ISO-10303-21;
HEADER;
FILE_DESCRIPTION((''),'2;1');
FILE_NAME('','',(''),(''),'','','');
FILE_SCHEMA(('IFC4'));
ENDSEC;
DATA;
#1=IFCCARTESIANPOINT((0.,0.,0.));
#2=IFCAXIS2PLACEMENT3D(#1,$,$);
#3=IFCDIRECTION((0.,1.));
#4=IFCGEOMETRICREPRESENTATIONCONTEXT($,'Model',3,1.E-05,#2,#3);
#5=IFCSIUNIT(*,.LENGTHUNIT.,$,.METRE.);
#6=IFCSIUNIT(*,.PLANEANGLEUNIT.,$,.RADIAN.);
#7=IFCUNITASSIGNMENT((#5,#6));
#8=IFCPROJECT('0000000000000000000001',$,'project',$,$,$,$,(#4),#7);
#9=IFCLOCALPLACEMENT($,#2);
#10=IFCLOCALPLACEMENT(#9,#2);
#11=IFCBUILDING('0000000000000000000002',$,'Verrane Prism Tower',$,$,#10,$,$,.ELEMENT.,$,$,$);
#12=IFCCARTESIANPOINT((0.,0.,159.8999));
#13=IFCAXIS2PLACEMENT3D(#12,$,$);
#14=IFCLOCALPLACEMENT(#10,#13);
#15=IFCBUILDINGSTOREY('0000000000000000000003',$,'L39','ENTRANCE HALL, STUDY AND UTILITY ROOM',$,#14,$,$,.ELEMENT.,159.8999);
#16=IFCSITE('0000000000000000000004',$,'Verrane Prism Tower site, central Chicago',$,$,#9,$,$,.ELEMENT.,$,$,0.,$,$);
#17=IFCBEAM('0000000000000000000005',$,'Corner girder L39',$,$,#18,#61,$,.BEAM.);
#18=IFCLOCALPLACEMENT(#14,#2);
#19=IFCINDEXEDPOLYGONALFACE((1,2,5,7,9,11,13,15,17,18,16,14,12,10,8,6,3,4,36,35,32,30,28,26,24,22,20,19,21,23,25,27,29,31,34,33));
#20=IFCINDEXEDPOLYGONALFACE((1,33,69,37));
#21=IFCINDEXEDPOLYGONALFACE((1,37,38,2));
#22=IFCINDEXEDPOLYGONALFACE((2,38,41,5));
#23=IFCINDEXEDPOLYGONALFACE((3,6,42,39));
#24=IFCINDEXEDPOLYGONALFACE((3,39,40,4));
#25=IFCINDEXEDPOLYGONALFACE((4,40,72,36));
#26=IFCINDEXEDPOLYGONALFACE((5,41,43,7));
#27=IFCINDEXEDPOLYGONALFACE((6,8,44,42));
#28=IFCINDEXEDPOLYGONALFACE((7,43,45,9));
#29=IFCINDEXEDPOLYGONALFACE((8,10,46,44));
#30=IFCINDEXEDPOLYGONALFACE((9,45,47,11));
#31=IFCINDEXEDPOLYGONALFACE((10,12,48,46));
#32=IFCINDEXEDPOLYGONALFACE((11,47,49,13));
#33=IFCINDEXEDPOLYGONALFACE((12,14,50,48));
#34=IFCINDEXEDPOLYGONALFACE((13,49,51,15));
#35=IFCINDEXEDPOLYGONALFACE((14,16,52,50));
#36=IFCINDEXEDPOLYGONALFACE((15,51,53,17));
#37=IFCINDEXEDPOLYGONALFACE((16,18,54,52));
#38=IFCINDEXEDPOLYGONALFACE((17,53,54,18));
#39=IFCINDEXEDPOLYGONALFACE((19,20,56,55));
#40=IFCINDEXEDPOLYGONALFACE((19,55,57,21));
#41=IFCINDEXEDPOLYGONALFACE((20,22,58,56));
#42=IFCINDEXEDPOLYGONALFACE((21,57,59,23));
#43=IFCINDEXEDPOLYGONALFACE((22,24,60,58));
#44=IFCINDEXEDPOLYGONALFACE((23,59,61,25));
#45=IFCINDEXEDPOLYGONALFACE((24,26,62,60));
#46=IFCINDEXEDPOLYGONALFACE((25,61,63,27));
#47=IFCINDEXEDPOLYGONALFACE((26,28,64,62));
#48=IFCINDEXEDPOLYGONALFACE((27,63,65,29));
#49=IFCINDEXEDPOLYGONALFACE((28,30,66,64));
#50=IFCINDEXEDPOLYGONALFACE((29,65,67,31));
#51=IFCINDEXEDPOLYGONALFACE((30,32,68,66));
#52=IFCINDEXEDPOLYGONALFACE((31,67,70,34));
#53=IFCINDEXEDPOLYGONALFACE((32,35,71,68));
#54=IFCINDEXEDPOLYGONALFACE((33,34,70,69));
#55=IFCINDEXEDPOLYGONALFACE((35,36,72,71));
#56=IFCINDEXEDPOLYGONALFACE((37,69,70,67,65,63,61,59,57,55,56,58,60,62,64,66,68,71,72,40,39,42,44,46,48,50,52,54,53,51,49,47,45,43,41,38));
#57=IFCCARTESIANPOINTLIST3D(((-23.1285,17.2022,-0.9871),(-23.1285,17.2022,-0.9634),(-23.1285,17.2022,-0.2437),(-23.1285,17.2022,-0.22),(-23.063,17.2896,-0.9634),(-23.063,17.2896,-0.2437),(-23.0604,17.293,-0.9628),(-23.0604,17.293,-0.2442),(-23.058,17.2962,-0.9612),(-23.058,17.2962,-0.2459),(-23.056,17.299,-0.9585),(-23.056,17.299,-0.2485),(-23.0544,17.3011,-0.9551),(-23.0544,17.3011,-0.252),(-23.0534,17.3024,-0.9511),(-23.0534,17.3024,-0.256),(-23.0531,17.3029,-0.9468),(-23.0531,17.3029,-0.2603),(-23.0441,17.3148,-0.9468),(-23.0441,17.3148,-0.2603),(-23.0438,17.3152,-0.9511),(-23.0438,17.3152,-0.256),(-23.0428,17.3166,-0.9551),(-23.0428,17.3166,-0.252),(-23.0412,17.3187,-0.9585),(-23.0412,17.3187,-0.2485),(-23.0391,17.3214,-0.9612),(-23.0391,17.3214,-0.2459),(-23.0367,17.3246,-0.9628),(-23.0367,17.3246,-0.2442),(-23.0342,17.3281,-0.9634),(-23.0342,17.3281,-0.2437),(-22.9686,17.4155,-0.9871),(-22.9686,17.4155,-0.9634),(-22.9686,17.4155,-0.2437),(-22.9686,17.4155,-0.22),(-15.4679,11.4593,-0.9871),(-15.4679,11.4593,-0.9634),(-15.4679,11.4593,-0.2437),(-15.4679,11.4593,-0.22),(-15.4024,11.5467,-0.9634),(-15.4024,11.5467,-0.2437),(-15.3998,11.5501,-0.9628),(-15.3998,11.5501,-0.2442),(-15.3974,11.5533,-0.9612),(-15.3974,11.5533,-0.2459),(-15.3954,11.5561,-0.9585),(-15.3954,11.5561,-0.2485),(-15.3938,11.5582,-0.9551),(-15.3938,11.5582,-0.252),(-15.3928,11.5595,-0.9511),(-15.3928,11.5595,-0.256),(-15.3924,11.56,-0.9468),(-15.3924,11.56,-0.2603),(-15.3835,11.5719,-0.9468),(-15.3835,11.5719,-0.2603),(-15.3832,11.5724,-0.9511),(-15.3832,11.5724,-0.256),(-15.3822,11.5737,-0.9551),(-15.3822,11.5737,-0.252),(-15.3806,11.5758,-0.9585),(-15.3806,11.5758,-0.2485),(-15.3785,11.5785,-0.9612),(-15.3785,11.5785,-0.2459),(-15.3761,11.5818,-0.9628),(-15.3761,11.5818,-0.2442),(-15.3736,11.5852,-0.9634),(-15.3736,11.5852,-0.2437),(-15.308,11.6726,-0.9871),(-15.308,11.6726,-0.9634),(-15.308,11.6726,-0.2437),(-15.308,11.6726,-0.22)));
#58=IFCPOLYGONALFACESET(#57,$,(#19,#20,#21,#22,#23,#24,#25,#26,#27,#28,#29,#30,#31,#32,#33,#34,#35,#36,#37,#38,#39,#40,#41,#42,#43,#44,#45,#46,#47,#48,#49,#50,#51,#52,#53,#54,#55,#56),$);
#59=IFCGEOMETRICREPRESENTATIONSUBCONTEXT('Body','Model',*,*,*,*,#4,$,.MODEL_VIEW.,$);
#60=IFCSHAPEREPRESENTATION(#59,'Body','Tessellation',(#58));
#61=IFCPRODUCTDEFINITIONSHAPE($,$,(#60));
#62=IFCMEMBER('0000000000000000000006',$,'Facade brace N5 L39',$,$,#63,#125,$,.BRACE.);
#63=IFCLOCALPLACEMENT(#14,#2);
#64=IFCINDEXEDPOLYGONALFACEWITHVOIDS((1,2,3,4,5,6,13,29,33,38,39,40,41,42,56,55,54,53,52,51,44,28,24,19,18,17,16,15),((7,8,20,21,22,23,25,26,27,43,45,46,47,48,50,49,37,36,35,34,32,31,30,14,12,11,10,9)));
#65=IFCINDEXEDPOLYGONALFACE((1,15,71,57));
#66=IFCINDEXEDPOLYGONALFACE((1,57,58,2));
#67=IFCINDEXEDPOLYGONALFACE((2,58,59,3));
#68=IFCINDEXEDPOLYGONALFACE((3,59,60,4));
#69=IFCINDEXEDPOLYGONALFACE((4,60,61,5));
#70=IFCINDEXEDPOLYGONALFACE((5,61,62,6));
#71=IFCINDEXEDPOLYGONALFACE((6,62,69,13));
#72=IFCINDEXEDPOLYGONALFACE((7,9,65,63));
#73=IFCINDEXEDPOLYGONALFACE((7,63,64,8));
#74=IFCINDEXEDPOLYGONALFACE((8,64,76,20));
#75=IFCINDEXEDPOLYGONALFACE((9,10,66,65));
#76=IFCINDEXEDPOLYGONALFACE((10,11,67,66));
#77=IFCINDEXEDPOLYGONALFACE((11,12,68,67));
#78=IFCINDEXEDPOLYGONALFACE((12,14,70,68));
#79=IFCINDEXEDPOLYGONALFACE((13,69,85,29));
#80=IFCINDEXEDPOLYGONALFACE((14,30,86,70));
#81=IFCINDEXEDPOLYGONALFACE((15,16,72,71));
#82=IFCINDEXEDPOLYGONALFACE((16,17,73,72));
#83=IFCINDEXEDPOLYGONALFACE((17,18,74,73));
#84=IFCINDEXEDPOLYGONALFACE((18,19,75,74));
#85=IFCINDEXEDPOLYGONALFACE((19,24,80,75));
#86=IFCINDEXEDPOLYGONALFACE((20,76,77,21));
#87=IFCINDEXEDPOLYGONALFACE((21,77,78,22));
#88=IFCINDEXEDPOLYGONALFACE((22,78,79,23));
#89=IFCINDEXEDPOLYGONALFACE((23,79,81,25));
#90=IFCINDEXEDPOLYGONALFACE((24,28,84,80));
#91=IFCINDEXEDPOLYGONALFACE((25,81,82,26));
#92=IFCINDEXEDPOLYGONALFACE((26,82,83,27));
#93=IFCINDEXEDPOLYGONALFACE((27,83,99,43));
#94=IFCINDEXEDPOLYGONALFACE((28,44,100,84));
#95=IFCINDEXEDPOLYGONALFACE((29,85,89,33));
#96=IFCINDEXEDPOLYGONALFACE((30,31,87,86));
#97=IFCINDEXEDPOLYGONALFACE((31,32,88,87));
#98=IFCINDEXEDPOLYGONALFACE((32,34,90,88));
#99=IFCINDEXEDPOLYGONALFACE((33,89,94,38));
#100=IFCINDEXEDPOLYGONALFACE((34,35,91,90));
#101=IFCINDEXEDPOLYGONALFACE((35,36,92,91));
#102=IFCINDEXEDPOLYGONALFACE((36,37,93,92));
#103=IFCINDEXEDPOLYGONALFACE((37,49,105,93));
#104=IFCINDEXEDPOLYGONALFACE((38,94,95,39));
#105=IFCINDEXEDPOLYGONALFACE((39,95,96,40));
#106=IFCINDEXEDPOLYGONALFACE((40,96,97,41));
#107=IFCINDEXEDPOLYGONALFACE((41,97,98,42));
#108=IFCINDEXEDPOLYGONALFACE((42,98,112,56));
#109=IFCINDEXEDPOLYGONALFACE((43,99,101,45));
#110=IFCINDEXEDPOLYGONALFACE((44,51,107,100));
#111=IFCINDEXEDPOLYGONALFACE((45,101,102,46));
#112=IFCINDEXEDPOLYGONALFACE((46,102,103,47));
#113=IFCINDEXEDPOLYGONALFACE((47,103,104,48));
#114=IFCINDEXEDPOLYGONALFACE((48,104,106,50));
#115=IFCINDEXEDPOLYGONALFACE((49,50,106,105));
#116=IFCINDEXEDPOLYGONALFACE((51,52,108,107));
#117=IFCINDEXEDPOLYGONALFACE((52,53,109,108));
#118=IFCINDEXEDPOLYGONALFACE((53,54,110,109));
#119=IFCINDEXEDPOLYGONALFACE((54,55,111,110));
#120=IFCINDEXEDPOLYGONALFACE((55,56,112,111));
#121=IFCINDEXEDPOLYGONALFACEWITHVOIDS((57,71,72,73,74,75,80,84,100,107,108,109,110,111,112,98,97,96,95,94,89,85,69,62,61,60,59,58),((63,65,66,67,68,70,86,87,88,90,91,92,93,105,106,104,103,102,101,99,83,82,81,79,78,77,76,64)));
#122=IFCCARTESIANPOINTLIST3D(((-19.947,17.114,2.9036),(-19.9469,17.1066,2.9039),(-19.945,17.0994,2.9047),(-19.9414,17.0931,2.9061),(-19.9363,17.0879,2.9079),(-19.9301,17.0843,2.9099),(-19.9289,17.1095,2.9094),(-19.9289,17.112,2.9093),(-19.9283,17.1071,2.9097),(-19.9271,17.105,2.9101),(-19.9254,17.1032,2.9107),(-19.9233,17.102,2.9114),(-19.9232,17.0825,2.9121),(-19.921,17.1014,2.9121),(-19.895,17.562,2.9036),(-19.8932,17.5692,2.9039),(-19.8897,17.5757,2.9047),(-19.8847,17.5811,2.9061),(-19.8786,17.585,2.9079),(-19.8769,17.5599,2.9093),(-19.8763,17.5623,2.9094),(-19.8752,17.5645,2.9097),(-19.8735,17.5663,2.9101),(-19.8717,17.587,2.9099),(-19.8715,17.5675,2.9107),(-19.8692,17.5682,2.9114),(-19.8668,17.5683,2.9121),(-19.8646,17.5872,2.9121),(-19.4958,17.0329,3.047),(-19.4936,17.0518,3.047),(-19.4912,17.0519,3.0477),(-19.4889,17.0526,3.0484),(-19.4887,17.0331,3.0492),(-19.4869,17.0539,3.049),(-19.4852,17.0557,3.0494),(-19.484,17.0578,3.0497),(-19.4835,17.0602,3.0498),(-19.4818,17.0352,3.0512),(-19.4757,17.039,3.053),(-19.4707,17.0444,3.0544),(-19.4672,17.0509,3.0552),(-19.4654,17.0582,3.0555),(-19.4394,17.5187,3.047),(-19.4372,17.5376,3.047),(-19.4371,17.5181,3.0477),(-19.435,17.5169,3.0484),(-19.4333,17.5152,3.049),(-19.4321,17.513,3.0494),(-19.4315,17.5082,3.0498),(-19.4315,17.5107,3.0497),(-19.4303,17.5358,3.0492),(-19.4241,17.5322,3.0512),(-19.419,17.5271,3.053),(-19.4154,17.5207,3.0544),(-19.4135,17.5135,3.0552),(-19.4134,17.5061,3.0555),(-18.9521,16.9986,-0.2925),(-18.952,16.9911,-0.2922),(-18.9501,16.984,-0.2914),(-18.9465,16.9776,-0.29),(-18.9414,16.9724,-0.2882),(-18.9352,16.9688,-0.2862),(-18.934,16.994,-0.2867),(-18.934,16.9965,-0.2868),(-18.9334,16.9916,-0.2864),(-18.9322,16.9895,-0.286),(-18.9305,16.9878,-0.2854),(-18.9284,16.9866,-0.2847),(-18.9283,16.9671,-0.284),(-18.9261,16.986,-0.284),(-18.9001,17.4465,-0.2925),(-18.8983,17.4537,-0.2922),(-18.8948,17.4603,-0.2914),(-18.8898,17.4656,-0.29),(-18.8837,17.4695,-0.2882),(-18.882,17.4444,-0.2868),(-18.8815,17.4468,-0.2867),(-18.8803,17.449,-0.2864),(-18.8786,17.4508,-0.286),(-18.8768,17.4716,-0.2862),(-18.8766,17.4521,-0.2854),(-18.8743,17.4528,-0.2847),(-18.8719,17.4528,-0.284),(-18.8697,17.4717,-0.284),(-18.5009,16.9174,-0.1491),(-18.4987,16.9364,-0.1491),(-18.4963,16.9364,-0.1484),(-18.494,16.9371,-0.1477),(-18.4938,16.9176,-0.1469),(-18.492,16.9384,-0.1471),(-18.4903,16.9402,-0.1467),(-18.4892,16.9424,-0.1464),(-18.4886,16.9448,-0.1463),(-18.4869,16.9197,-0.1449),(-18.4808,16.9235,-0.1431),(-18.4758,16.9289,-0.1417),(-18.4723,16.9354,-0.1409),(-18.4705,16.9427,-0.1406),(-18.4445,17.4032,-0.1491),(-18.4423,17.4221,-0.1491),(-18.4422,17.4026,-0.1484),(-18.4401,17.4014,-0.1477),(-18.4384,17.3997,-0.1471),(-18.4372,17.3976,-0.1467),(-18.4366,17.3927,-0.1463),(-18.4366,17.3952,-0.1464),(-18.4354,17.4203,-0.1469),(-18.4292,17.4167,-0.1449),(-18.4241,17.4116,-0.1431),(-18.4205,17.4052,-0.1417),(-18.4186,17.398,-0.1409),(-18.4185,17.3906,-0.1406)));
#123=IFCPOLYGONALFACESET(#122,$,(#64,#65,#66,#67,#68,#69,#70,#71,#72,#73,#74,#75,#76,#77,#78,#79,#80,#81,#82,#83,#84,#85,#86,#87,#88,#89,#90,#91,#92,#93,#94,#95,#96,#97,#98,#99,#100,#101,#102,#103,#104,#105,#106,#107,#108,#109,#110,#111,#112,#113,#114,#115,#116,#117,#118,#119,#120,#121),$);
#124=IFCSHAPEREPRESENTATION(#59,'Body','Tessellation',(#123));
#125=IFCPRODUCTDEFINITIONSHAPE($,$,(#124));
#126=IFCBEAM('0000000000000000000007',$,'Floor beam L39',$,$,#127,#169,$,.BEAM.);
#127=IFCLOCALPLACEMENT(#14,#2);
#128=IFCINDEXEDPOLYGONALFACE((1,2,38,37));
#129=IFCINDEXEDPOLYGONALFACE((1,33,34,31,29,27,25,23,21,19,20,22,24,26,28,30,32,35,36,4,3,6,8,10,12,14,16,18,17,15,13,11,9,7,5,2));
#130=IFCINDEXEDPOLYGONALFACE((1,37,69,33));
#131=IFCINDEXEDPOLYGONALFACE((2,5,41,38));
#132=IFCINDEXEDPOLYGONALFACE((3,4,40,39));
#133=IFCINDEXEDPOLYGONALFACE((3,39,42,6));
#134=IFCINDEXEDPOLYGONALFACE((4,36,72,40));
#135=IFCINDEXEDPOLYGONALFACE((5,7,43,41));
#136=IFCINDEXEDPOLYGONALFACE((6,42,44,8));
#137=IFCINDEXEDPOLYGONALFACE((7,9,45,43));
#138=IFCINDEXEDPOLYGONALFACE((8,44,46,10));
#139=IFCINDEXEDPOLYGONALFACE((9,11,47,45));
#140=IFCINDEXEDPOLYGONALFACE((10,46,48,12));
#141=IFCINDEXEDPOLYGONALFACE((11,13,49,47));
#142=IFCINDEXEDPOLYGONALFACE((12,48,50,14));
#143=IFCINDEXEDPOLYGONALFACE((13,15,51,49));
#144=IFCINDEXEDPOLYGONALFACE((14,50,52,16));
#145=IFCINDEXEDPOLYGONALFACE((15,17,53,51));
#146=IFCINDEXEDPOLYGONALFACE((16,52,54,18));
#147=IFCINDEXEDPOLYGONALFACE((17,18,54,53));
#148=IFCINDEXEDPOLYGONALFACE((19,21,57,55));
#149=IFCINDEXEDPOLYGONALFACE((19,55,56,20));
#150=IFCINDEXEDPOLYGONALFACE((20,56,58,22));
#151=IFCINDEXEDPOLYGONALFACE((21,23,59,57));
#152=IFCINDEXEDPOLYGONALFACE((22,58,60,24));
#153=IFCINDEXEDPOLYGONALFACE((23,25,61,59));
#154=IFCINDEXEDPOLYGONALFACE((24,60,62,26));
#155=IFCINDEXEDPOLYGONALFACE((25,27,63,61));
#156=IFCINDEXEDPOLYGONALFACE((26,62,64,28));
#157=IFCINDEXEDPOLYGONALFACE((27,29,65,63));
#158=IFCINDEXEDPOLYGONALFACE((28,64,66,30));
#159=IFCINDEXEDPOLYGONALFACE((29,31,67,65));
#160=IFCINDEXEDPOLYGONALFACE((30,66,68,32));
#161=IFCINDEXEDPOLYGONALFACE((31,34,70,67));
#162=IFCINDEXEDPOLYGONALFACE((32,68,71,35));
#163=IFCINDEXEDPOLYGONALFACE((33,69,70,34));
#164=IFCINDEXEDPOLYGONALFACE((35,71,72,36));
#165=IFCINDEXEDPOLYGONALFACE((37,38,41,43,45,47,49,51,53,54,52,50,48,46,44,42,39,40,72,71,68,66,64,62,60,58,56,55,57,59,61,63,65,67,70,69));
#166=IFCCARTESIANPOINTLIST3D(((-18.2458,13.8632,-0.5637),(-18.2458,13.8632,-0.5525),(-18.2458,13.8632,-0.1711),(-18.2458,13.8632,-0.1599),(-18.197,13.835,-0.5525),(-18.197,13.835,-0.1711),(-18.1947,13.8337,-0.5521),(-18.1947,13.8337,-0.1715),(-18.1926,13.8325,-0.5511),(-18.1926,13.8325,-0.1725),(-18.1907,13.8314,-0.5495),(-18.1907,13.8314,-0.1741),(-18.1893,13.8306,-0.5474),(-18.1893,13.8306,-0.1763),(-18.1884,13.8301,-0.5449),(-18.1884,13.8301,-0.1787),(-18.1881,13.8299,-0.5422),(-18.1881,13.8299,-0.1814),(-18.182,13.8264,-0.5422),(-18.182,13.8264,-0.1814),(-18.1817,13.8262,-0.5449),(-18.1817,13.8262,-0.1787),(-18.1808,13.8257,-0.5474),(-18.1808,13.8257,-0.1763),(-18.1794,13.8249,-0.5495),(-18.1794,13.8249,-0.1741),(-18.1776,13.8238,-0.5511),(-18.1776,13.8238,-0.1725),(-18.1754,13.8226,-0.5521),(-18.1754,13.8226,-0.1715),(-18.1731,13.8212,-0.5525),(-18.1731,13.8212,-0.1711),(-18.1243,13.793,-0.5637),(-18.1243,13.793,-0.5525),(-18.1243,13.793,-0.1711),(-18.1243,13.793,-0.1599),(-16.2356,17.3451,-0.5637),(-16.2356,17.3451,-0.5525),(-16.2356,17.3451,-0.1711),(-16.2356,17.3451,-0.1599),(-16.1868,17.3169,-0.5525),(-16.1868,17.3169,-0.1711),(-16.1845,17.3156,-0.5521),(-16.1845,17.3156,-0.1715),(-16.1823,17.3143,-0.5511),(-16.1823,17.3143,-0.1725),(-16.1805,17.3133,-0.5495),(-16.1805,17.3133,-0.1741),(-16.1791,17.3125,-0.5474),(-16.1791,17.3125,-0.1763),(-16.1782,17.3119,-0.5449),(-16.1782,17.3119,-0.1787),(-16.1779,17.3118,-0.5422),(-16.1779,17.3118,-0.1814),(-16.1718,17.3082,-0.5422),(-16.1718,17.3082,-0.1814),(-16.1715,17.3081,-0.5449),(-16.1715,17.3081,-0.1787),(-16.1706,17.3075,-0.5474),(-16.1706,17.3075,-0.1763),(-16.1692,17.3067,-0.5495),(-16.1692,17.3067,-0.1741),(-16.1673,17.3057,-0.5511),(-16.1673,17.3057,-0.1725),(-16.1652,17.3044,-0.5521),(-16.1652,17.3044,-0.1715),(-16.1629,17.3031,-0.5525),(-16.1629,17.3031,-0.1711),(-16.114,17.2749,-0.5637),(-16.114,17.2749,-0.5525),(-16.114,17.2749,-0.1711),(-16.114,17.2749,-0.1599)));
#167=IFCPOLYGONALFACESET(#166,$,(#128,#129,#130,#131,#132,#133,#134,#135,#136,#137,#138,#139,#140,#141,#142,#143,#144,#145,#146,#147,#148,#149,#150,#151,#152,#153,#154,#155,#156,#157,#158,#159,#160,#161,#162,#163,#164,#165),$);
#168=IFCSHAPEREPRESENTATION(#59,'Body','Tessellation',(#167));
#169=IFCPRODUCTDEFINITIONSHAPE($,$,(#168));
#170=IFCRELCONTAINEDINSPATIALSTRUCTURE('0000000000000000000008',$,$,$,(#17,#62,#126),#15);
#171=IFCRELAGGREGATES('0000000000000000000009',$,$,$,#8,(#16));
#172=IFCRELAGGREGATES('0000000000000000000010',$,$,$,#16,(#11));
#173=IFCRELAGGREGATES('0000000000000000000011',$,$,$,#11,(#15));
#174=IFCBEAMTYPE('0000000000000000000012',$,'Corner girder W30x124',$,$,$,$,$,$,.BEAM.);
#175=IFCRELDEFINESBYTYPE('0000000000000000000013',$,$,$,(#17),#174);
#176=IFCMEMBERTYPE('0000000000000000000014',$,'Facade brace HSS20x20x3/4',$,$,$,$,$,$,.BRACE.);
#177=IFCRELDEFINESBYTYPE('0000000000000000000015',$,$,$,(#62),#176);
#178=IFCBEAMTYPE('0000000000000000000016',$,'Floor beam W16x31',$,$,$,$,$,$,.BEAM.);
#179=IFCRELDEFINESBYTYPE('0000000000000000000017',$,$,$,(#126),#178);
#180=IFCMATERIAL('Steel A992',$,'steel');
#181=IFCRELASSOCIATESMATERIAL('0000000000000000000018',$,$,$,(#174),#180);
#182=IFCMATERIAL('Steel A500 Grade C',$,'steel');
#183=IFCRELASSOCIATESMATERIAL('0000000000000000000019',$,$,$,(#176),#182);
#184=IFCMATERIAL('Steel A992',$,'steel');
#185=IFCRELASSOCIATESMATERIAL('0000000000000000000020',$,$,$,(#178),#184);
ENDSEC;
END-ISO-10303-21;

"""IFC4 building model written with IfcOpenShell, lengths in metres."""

from ifc_helpers import new_model, si_unit, direction, frame, origin, origin_2d, place, context, subcontext, project, spatial, hollow_rectangle, i_section, extrude, material, material_profile, profile_set, type_object, element, save


model = new_model("IFC4")

# Units and contexts
model_context = context("Model", 3, precision=1e-05, world=origin(), true_north=direction((0.0, 1.0)))
body_context = subcontext(model_context, "Body", "Model", "MODEL_VIEW")
ifc_project = project(units=[si_unit("LENGTHUNIT", "METRE"), si_unit("PLANEANGLEUNIT", "RADIAN")], contexts=[model_context])

# Site, building, storey
site_placement = place(None, origin())
site = spatial("IfcSite", under=ifc_project, at=site_placement, Name="Verrane Prism Tower site, central Chicago", CompositionType="ELEMENT", RefElevation=0.0)
building_placement = place(site_placement, origin())
building = spatial("IfcBuilding", under=site, at=building_placement, Name="Verrane Prism Tower", CompositionType="ELEMENT")
storey_placement = place(building_placement, frame((0.0, 0.0, 159.8999)))
storey = spatial("IfcBuildingStorey", under=building, at=storey_placement, Name="L39", Description="ENTRANCE HALL, STUDY AND UTILITY ROOM", CompositionType="ELEMENT", Elevation=159.8999)

# Beam
ifc_material_1 = material(Name="Steel A992", Category="steel")
ifc_material_profile_1 = material_profile(ifc_material_1, i_section(OverallWidth=0.2666, OverallDepth=0.7671, WebThickness=0.0149, FlangeThickness=0.0237, FilletRadius=0.0166, at=origin_2d()), Name="W30x124")
ifc_profile_set_1 = profile_set([ifc_material_profile_1], Name="Steel A992")
beam_type_1 = type_object("IfcBeamType", Name="Corner girder W30x124", PredefinedType="BEAM", material=ifc_profile_set_1)
beam_1_placement = place(storey_placement, frame((-23.0486, 17.3088, -0.6035), z_axis=(0.800128, -0.599829, 0.0), x_axis=(0.599829, 0.800128, 0.0)))
element("IfcBeam", 1, at=beam_1_placement, inside=storey, type_object=beam_type_1, Name="Corner girder L39", PredefinedType="BEAM", context=body_context, shape_type="SweptSolid", body=[
    extrude(i_section(OverallWidth=0.2666, OverallDepth=0.7671, WebThickness=0.0149, FlangeThickness=0.0237, FilletRadius=0.0166, at=origin_2d()), origin(), (0.0, 0.0, 1.0), 9.5742),
])

# Member
ifc_material_2 = material(Name="Steel A500 Grade C", Category="steel")
ifc_material_profile_2 = material_profile(ifc_material_2, hollow_rectangle(XDim=0.5081, YDim=0.5081, WallThickness=0.019, InnerFilletRadius=0.0095, OuterFilletRadius=0.0286, at=origin_2d()), Name="HSS20x20x3/4")
ifc_profile_set_2 = profile_set([ifc_material_profile_2], Name="Steel A500 Grade C")
member_type_1 = type_object("IfcMemberType", Name="Facade brace HSS20x20x3/4", PredefinedType="BRACE", material=ifc_profile_set_2)
member_1_placement = place(storey_placement, frame((-18.6853, 17.1946, -0.2166), z_axis=(-0.297039, 0.034478, 0.954243), x_axis=(-0.115299, -0.993331, 0.0)))
element("IfcMember", 2, at=member_1_placement, inside=storey, type_object=member_type_1, Name="Facade brace N5 L39", PredefinedType="BRACE", context=body_context, shape_type="SweptSolid", body=[
    extrude(hollow_rectangle(XDim=0.5081, YDim=0.5081, WallThickness=0.019, InnerFilletRadius=0.0095, OuterFilletRadius=0.0286, at=origin_2d()), origin(), (0.0, 0.0, 1.0), 3.3494),
])

# Beam
ifc_material_3 = material(Name="Steel A992", Category="steel")
ifc_material_profile_3 = material_profile(ifc_material_3, i_section(OverallWidth=0.1404, OverallDepth=0.4038, WebThickness=0.0071, FlangeThickness=0.0112, FilletRadius=0.0103, at=origin_2d()), Name="W16x31")
ifc_profile_set_3 = profile_set([ifc_material_profile_3], Name="Steel A992")
beam_type_2 = type_object("IfcBeamType", Name="Floor beam W16x31", PredefinedType="BEAM", material=ifc_profile_set_3)
beam_2_placement = place(storey_placement, frame((-18.1851, 13.8281, -0.3618), z_axis=(0.499992, 0.86603, 0.0), x_axis=(-0.86603, 0.499992, 0.0)))
element("IfcBeam", 3, at=beam_2_placement, inside=storey, type_object=beam_type_2, Name="Floor beam L39", PredefinedType="BEAM", context=body_context, shape_type="SweptSolid", body=[
    extrude(i_section(OverallWidth=0.1404, OverallDepth=0.4038, WebThickness=0.0071, FlangeThickness=0.0112, FilletRadius=0.0103, at=origin_2d()), origin(), (0.0, 0.0, 1.0), 4.0205),
])

save(model, "model.ifc")
